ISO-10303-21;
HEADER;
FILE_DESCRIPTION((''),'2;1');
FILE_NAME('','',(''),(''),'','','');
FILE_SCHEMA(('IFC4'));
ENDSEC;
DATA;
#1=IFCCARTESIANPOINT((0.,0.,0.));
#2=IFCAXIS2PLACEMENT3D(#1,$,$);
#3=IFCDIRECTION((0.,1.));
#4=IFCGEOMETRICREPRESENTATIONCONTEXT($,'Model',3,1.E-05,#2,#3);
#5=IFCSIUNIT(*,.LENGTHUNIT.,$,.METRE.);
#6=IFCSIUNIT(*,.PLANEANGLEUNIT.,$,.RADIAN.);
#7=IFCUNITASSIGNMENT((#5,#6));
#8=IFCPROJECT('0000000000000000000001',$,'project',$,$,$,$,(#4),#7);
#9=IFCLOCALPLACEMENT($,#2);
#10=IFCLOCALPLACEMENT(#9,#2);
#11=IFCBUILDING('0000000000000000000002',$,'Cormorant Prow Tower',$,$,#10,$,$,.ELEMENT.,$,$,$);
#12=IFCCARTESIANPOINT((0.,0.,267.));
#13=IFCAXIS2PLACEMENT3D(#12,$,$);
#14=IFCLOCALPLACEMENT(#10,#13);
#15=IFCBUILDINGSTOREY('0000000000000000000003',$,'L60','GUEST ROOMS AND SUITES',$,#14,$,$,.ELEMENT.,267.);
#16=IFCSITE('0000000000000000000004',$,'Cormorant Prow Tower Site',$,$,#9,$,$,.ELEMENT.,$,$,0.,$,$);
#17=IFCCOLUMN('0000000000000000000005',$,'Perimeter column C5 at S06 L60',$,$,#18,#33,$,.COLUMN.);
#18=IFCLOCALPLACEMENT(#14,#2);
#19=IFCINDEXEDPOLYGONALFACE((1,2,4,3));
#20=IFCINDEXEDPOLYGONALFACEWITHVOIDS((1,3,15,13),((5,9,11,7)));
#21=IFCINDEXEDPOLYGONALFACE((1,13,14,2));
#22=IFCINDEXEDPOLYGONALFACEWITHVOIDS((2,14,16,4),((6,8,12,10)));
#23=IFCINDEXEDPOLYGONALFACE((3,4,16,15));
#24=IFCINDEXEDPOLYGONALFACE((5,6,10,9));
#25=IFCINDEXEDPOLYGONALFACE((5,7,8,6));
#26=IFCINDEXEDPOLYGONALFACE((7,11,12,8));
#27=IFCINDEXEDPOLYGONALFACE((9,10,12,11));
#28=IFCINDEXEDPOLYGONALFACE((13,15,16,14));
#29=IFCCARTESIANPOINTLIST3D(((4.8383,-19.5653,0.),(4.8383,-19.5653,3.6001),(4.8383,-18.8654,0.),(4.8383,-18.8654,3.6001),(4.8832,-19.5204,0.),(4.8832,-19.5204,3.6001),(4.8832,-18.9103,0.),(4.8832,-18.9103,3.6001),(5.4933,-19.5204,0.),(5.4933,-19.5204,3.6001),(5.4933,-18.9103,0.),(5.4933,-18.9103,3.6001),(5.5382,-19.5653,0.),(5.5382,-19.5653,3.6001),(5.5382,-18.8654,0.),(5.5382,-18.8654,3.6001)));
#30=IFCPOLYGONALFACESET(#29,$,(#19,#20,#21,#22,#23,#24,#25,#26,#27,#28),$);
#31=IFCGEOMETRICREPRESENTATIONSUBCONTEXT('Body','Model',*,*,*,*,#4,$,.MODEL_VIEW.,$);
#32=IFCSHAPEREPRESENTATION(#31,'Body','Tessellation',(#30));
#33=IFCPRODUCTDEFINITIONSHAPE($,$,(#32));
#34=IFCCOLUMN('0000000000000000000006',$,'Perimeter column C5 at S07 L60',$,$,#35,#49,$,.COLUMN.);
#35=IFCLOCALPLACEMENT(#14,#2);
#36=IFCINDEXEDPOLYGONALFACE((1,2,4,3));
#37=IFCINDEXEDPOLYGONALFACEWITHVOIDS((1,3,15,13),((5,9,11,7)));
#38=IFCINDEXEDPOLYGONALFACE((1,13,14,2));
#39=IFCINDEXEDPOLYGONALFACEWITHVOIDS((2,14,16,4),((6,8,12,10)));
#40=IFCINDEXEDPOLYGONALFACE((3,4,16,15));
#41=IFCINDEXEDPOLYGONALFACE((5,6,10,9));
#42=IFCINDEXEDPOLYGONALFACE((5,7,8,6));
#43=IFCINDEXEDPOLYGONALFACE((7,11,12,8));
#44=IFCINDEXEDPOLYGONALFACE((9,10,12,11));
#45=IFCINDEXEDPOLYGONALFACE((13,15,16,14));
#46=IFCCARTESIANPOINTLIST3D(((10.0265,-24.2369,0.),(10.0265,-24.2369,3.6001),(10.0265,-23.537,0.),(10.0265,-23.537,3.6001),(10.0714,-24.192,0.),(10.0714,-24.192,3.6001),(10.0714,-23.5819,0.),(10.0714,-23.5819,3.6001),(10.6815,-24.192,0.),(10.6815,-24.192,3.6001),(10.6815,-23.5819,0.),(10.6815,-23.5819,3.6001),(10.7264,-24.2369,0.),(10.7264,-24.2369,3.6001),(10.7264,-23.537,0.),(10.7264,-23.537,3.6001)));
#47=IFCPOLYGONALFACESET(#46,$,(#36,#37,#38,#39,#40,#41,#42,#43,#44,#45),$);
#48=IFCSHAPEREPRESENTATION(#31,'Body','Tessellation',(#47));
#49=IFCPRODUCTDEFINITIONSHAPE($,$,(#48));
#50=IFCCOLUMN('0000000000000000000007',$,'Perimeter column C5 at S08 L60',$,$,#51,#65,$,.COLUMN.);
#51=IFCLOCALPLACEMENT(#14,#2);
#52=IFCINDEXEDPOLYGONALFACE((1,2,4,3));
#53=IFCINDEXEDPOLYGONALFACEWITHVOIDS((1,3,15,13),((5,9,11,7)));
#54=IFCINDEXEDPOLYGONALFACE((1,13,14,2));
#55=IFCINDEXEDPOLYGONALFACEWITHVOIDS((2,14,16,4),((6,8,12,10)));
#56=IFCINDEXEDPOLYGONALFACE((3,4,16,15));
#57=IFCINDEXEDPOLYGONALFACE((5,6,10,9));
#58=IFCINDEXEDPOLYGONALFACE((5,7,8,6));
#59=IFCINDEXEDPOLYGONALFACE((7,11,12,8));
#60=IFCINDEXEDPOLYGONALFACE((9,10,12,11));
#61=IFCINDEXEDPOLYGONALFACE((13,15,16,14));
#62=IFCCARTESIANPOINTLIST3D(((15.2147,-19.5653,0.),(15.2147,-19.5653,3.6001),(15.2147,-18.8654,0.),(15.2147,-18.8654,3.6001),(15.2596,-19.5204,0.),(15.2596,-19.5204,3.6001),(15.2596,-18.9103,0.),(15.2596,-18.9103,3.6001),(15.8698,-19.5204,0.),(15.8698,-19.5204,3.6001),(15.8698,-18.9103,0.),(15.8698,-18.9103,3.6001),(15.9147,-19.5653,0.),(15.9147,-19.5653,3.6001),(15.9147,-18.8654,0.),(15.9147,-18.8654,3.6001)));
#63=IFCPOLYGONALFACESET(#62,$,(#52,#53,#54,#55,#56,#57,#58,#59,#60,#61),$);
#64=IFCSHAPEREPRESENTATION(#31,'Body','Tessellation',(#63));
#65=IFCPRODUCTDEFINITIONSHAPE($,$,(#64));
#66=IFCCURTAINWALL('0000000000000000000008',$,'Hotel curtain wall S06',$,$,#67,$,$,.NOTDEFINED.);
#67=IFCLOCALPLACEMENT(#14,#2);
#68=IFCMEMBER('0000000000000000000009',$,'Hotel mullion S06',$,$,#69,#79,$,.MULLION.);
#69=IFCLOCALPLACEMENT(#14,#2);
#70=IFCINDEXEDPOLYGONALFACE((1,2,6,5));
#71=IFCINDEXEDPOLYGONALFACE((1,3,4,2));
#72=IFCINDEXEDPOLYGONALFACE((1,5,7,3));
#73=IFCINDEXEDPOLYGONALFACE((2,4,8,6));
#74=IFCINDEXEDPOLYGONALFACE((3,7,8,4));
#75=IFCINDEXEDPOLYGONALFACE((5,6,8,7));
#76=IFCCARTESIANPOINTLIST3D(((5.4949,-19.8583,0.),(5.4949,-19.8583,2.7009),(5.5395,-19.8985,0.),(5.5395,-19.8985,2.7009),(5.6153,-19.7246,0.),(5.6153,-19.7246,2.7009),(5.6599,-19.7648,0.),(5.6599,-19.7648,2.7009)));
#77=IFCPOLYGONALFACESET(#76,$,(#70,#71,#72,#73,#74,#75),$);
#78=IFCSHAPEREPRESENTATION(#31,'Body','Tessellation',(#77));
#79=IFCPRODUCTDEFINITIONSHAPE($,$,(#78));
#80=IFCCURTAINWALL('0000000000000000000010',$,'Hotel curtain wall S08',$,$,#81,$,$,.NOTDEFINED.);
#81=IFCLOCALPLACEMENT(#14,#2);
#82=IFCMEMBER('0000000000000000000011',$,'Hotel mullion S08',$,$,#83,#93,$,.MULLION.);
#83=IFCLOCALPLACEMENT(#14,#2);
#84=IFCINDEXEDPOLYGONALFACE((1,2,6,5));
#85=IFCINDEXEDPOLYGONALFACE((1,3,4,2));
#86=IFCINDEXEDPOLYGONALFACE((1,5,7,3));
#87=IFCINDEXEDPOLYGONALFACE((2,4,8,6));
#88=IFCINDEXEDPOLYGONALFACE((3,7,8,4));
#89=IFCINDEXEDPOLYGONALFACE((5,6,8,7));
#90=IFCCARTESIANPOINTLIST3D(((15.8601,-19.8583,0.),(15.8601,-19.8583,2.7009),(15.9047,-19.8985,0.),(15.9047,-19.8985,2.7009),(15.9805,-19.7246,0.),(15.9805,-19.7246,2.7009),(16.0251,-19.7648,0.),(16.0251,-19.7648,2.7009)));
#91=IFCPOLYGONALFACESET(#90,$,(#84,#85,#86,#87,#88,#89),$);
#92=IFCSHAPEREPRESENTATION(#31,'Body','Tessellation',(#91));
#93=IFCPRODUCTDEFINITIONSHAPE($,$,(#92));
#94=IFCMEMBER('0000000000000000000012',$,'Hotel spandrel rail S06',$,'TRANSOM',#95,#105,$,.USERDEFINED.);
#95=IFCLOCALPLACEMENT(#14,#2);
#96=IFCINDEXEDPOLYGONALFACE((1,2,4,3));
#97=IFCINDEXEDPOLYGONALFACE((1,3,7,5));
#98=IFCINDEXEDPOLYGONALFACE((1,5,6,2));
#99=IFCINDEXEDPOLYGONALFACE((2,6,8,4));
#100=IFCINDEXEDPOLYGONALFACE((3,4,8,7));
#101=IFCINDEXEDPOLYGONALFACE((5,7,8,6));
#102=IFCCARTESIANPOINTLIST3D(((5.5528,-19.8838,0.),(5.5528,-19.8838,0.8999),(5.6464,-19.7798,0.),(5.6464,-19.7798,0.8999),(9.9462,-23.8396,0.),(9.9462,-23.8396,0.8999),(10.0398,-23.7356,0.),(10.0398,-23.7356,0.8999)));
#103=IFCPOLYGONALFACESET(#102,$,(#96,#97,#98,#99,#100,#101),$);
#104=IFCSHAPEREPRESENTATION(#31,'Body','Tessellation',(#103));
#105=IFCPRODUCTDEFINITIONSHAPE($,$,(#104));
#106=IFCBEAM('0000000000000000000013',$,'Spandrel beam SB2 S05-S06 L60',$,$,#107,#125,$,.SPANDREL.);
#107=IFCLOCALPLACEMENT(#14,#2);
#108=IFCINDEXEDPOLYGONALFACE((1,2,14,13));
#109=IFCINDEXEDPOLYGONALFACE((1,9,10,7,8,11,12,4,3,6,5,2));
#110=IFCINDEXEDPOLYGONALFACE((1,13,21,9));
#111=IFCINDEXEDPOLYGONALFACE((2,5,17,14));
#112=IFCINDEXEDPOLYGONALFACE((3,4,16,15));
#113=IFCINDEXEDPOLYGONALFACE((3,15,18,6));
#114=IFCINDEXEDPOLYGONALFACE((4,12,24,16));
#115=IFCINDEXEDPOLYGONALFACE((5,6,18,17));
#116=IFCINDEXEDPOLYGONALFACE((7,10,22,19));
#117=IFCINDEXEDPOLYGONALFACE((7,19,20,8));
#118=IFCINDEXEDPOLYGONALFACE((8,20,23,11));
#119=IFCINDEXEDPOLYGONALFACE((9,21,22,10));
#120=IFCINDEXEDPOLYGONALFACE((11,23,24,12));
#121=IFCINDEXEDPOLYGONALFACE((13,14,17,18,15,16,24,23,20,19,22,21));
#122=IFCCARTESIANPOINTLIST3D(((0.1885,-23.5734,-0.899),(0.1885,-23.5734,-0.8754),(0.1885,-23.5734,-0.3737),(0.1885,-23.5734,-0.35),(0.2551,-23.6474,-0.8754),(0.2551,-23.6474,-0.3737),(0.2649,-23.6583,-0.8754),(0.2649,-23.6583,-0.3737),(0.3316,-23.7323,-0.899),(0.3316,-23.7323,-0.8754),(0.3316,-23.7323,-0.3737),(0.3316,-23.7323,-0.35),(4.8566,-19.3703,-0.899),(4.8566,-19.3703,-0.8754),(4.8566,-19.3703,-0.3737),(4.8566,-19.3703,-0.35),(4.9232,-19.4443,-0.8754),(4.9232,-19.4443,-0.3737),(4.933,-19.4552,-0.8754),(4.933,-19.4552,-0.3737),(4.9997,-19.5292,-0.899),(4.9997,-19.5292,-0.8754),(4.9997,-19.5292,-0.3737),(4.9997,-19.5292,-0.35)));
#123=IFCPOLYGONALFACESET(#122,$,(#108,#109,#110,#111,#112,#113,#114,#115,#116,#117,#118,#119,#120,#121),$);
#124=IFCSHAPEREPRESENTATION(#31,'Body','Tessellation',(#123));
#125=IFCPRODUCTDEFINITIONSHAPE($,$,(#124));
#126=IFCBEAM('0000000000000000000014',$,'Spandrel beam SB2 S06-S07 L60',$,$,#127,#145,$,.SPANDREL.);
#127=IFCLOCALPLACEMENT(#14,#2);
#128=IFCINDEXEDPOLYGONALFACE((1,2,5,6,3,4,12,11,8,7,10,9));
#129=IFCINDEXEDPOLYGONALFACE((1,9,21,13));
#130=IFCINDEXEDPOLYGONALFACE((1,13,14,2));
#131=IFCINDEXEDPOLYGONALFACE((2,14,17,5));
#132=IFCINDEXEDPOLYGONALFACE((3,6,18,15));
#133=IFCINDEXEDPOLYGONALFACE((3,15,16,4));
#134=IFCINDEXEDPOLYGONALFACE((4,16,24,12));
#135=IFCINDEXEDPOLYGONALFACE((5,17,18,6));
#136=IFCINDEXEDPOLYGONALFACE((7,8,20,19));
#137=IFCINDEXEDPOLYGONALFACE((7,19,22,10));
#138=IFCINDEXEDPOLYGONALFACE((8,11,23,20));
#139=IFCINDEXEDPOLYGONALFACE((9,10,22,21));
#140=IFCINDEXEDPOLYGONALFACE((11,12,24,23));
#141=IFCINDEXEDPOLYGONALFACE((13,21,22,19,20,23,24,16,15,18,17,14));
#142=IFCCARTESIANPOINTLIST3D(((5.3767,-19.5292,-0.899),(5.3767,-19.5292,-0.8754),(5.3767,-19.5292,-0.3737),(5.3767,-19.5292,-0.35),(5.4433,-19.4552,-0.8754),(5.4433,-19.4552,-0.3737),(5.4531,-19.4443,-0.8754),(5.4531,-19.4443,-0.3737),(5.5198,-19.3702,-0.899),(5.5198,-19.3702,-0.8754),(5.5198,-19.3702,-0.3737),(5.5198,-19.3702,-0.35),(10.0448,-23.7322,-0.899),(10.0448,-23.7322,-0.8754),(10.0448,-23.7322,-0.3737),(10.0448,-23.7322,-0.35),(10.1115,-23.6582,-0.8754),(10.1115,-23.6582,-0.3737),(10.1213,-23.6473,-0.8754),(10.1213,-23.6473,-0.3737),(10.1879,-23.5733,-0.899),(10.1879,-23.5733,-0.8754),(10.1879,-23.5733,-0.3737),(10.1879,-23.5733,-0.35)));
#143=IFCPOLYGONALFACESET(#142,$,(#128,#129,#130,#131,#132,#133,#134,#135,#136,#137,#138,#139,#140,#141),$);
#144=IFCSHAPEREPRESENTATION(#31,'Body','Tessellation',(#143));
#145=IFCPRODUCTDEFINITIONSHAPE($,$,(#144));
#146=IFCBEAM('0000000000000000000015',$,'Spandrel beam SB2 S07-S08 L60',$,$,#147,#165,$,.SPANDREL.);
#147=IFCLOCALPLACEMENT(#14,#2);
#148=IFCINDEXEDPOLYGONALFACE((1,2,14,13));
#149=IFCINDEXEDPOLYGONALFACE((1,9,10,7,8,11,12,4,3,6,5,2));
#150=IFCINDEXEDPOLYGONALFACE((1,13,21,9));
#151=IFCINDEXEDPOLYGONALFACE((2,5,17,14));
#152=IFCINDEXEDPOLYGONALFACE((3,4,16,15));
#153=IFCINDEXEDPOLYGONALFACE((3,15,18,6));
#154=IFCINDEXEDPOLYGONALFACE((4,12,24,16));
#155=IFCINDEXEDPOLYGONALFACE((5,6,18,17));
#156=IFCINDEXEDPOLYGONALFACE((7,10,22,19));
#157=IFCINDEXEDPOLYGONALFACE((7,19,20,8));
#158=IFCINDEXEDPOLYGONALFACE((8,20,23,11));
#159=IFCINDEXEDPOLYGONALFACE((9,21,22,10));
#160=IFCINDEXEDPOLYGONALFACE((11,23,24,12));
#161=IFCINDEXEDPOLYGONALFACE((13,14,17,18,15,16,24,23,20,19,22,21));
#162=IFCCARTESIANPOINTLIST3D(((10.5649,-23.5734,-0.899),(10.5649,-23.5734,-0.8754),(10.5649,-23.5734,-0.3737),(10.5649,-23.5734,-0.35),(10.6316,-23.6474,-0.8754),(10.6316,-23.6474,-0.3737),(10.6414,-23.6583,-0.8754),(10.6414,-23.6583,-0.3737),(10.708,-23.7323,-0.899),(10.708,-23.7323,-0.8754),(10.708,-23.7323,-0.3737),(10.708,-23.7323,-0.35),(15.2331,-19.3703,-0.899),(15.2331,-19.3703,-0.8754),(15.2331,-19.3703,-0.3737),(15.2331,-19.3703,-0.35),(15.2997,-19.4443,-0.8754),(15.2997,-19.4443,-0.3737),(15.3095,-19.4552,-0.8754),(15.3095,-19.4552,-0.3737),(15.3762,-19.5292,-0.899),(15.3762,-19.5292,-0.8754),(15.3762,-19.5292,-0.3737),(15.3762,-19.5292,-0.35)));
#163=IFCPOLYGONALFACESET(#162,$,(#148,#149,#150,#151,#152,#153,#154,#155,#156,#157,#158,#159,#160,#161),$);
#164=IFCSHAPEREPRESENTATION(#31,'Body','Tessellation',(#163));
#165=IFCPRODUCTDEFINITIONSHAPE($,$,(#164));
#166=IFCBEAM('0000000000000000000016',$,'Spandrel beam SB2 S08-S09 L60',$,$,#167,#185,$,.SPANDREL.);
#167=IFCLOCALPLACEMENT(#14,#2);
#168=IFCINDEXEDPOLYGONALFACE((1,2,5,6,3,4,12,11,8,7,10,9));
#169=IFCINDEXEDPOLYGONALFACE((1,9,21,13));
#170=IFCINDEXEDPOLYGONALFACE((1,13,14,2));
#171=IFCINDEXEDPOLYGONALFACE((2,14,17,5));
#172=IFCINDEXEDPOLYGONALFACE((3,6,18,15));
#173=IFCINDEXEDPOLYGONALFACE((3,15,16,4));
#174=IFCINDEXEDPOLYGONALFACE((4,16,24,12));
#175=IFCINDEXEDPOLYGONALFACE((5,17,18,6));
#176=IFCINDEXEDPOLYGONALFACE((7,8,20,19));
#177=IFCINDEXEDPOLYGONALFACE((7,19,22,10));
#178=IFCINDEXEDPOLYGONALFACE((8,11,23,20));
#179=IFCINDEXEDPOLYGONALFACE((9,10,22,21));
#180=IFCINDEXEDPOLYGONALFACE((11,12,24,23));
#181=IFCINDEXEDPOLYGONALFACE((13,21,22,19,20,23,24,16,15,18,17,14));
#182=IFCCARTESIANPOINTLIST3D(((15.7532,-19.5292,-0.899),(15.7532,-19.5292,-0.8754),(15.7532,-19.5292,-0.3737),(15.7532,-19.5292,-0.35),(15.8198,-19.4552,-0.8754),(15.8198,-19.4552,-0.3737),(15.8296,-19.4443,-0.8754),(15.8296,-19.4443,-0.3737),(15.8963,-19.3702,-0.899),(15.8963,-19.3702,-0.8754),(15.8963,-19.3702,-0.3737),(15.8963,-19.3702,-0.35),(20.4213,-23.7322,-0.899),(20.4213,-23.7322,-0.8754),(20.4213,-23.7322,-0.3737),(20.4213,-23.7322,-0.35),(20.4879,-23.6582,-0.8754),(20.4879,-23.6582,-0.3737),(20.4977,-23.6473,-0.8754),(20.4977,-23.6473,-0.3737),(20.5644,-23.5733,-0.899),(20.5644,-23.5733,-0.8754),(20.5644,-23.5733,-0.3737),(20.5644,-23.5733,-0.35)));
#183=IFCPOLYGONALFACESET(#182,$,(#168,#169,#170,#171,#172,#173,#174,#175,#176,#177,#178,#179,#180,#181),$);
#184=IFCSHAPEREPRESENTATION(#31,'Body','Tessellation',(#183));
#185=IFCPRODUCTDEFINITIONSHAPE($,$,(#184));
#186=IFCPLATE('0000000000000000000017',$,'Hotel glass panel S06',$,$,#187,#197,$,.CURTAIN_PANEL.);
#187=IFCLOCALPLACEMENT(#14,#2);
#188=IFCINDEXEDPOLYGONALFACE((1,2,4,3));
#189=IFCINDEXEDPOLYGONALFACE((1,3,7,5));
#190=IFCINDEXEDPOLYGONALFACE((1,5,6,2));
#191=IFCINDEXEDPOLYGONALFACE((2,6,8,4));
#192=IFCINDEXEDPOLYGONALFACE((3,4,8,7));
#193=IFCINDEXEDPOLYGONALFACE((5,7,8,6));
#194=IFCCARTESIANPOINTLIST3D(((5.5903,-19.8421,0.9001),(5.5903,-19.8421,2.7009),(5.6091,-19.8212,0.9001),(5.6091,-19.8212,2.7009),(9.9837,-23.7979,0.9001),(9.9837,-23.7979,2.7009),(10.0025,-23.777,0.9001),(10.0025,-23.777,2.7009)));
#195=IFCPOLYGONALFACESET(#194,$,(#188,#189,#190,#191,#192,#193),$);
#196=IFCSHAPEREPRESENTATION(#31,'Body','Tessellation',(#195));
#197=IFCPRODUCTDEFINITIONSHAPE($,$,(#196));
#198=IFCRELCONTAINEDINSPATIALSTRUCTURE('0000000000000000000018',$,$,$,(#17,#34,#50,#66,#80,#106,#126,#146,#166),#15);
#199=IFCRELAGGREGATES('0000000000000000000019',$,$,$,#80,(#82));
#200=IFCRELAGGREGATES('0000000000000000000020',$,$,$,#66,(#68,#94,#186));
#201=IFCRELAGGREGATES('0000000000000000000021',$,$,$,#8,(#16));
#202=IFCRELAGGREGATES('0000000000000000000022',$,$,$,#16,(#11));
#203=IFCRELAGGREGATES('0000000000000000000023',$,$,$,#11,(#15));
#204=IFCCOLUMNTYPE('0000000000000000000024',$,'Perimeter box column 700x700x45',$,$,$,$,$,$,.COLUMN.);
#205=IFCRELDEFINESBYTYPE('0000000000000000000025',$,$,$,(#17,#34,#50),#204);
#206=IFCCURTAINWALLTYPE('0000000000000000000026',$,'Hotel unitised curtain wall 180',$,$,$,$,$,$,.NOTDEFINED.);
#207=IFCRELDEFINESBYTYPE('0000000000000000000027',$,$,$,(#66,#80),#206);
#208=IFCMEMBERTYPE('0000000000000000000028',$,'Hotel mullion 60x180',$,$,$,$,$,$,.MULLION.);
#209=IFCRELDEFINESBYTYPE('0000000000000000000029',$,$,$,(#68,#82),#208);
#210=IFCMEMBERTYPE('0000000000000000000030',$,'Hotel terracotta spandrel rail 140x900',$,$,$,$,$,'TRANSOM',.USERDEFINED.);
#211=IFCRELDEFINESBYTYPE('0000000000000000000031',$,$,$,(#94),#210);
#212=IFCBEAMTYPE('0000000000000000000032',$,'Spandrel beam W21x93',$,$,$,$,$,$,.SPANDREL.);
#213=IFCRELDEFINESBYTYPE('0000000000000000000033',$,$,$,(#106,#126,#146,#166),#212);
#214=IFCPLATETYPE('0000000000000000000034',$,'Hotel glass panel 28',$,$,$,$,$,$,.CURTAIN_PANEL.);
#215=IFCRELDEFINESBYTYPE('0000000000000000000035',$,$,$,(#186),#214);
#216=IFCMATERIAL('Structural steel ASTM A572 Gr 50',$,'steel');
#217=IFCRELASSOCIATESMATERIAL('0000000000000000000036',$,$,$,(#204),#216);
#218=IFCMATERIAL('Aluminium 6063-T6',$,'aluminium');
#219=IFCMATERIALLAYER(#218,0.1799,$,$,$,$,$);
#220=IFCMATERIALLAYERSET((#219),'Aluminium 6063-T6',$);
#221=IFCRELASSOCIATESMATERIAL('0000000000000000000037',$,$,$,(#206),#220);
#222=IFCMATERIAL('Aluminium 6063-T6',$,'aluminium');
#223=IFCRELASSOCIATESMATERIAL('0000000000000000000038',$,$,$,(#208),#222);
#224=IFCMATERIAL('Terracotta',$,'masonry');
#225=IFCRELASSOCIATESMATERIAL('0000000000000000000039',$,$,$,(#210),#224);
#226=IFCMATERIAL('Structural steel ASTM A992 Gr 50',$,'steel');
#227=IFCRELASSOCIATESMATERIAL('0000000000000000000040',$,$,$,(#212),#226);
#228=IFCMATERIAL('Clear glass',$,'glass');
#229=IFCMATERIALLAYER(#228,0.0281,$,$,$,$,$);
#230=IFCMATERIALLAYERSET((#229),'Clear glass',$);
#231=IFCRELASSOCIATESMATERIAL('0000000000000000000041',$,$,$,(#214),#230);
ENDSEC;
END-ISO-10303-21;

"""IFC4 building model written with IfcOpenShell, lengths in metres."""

from ifc_helpers import new_model, si_unit, direction, frame, origin, origin_2d, place, context, subcontext, project, spatial, rectangle, hollow_rectangle, i_section, extrude, material, layer, layer_set, material_profile, profile_set, type_object, element, aggregate, save


model = new_model("IFC4")

# Units and contexts
model_context = context("Model", 3, precision=1e-05, world=origin(), true_north=direction((0.0, 1.0)))
body_context = subcontext(model_context, "Body", "Model", "MODEL_VIEW")
ifc_project = project(units=[si_unit("LENGTHUNIT", "METRE"), si_unit("PLANEANGLEUNIT", "RADIAN")], contexts=[model_context])

# Site, building, storey
site_placement = place(None, origin())
site = spatial("IfcSite", under=ifc_project, at=site_placement, Name="Cormorant Prow Tower Site", CompositionType="ELEMENT", RefElevation=0.0)
building_placement = place(site_placement, origin())
building = spatial("IfcBuilding", under=site, at=building_placement, Name="Cormorant Prow Tower", CompositionType="ELEMENT")
storey_placement = place(building_placement, frame((0.0, 0.0, 267.0)))
storey = spatial("IfcBuildingStorey", under=building, at=storey_placement, Name="L60", Description="GUEST ROOMS AND SUITES", CompositionType="ELEMENT", Elevation=267.0)

# Columns
ifc_material_1 = material(Name="Structural steel ASTM A572 Gr 50", Category="steel")
ifc_material_profile_1 = material_profile(ifc_material_1, hollow_rectangle(XDim=0.7, YDim=0.7, WallThickness=0.0449, at=origin_2d()), Name="Box 700x700x45")
ifc_profile_set_1 = profile_set([ifc_material_profile_1], Name="Structural steel ASTM A572 Gr 50")
column_type = type_object("IfcColumnType", Name="Perimeter box column 700x700x45", PredefinedType="COLUMN", material=ifc_profile_set_1)
for number, where, z_axis, x_axis, name in (
    (1, (5.1882, -19.2153, 0.0), (0.0, 0.0, 1.0), (1.0, 0.0, 0.0), "Perimeter column C5 at S06 L60"),
    (2, (10.3765, -23.887, 0.0), (0.0, 0.0, 1.0), (1.0, 0.0, 0.0), "Perimeter column C5 at S07 L60"),
    (3, (15.5647, -19.2153, 0.0), (0.0, 0.0, 1.0), (1.0, 0.0, 0.0), "Perimeter column C5 at S08 L60"),
):
    element("IfcColumn", number, at=place(storey_placement, frame(where, z_axis=z_axis, x_axis=x_axis)), inside=storey, type_object=column_type, Name=name, PredefinedType="COLUMN", context=body_context, shape_type="SweptSolid", body=[
        extrude(hollow_rectangle(XDim=0.7, YDim=0.7, WallThickness=0.0449, at=origin_2d()), origin(), (0.0, 0.0, 1.0), 3.6001),
    ])

# Curtain walls, members
ifc_material_2 = material(Name="Aluminium 6063-T6", Category="aluminium")
ifc_layer_1 = layer(ifc_material_2, 0.1799)
ifc_layer_set_1 = layer_set([ifc_layer_1], Name="Aluminium 6063-T6")
curtain_wall_type = type_object("IfcCurtainWallType", Name="Hotel unitised curtain wall 180", PredefinedType="NOTDEFINED", material=ifc_layer_set_1)
curtain_wall_1_placement = place(storey_placement, origin())
curtain_wall_1 = element("IfcCurtainWall", 4, at=curtain_wall_1_placement, inside=storey, type_object=curtain_wall_type, Name="Hotel curtain wall S06", PredefinedType="NOTDEFINED")
ifc_material_3 = material(Name="Aluminium 6063-T6", Category="aluminium")
ifc_material_profile_2 = material_profile(ifc_material_3, rectangle(XDim=0.1799, YDim=0.0601, at=origin_2d()), Name="Hotel mullion 60x180")
ifc_profile_set_2 = profile_set([ifc_material_profile_2], Name="Aluminium 6063-T6")
member_type_1 = type_object("IfcMemberType", Name="Hotel mullion 60x180", PredefinedType="MULLION", material=ifc_profile_set_2)
member_1_placement = place(storey_placement, frame((5.5774, -19.8115, 0.0), z_axis=(0.0, 0.0, 1.0), x_axis=(0.669131, 0.743145, 0.0)))
member_1 = element("IfcMember", 5, at=member_1_placement, type_object=member_type_1, Name="Hotel mullion S06", PredefinedType="MULLION", context=body_context, shape_type="SweptSolid", body=[
    extrude(rectangle(XDim=0.1799, YDim=0.0601, at=origin_2d()), origin(), (0.0, 0.0, 1.0), 2.7009),
])
curtain_wall_2_placement = place(storey_placement, origin())
curtain_wall_2 = element("IfcCurtainWall", 6, at=curtain_wall_2_placement, inside=storey, type_object=curtain_wall_type, Name="Hotel curtain wall S08", PredefinedType="NOTDEFINED")
member_2_placement = place(storey_placement, frame((15.9426, -19.8115, 0.0), z_axis=(0.0, 0.0, 1.0), x_axis=(0.669131, 0.743145, 0.0)))
member_2 = element("IfcMember", 7, at=member_2_placement, type_object=member_type_1, Name="Hotel mullion S08", PredefinedType="MULLION", context=body_context, shape_type="SweptSolid", body=[
    extrude(rectangle(XDim=0.1799, YDim=0.0601, at=origin_2d()), origin(), (0.0, 0.0, 1.0), 2.7009),
])
aggregate(curtain_wall_2, [member_2])

# Member
ifc_material_4 = material(Name="Terracotta", Category="masonry")
ifc_material_profile_3 = material_profile(ifc_material_4, rectangle(XDim=0.1399, YDim=0.8999, at=origin_2d()), Name="Hotel terracotta spandrel rail 140x900")
ifc_profile_set_3 = profile_set([ifc_material_profile_3], Name="Terracotta")
member_type_2 = type_object("IfcMemberType", Name="Hotel terracotta spandrel rail 140x900", ElementType="TRANSOM", PredefinedType="USERDEFINED", material=ifc_profile_set_3)
member_3_placement = place(storey_placement, frame((5.5996, -19.8318, 0.45), z_axis=(0.74314, -0.669136, 0.0), x_axis=(0.669136, 0.74314, 0.0)))
member_3 = element("IfcMember", 8, at=member_3_placement, type_object=member_type_2, Name="Hotel spandrel rail S06", ObjectType="TRANSOM", PredefinedType="USERDEFINED", context=body_context, shape_type="SweptSolid", body=[
    extrude(rectangle(XDim=0.1399, YDim=0.8999, at=origin_2d()), origin(), (0.0, 0.0, 1.0), 5.9119),
])

# Beams
ifc_material_5 = material(Name="Structural steel ASTM A992 Gr 50", Category="steel")
ifc_material_profile_4 = material_profile(ifc_material_5, i_section(OverallWidth=0.2139, OverallDepth=0.5491, WebThickness=0.0146, FlangeThickness=0.0237, at=origin_2d()), Name="W21x93")
ifc_profile_set_4 = profile_set([ifc_material_profile_4], Name="Structural steel ASTM A992 Gr 50")
beam_type = type_object("IfcBeamType", Name="Spandrel beam W21x93", PredefinedType="SPANDREL", material=ifc_profile_set_4)
for number, where, z_axis, x_axis, name in (
    (9, (0.26, -23.6528, -0.6245), (0.743157, 0.669117, 0.0), (-0.669117, 0.743157, 0.0), "Spandrel beam SB2 S05-S06 L60"),
    (10, (5.4482, -19.4497, -0.6245), (0.743157, -0.669117, 0.0), (0.669117, 0.743157, 0.0), "Spandrel beam SB2 S06-S07 L60"),
    (11, (10.6365, -23.6528, -0.6245), (0.743157, 0.669117, 0.0), (-0.669117, 0.743157, 0.0), "Spandrel beam SB2 S07-S08 L60"),
    (12, (15.8247, -19.4497, -0.6245), (0.743157, -0.669117, 0.0), (0.669117, 0.743157, 0.0), "Spandrel beam SB2 S08-S09 L60"),
):
    element("IfcBeam", number, at=place(storey_placement, frame(where, z_axis=z_axis, x_axis=x_axis)), inside=storey, type_object=beam_type, Name=name, PredefinedType="SPANDREL", context=body_context, shape_type="SweptSolid", body=[
        extrude(i_section(OverallWidth=0.2139, OverallDepth=0.5491, WebThickness=0.0146, FlangeThickness=0.0237, at=origin_2d()), origin(), (0.0, 0.0, 1.0), 6.2815),
    ])

# Plate
ifc_material_6 = material(Name="Clear glass", Category="glass")
ifc_layer_2 = layer(ifc_material_6, 0.0281)
ifc_layer_set_2 = layer_set([ifc_layer_2], Name="Clear glass")
plate_type = type_object("IfcPlateType", Name="Hotel glass panel 28", PredefinedType="CURTAIN_PANEL", material=ifc_layer_set_2)
plate_placement = place(storey_placement, frame((7.7964, -21.8096, 0.9001), z_axis=(0.0, 0.0, 1.0), x_axis=(0.743145, -0.669131, 0.0)))
plate = element("IfcPlate", 13, at=plate_placement, type_object=plate_type, Name="Hotel glass panel S06", PredefinedType="CURTAIN_PANEL", context=body_context, shape_type="SweptSolid", body=[
    extrude(rectangle(XDim=5.9119, YDim=0.0281, at=origin_2d()), origin(), (0.0, 0.0, 1.0), 1.8008),
])
aggregate(curtain_wall_1, [member_1, member_3, plate])

save(model, "model.ifc")
